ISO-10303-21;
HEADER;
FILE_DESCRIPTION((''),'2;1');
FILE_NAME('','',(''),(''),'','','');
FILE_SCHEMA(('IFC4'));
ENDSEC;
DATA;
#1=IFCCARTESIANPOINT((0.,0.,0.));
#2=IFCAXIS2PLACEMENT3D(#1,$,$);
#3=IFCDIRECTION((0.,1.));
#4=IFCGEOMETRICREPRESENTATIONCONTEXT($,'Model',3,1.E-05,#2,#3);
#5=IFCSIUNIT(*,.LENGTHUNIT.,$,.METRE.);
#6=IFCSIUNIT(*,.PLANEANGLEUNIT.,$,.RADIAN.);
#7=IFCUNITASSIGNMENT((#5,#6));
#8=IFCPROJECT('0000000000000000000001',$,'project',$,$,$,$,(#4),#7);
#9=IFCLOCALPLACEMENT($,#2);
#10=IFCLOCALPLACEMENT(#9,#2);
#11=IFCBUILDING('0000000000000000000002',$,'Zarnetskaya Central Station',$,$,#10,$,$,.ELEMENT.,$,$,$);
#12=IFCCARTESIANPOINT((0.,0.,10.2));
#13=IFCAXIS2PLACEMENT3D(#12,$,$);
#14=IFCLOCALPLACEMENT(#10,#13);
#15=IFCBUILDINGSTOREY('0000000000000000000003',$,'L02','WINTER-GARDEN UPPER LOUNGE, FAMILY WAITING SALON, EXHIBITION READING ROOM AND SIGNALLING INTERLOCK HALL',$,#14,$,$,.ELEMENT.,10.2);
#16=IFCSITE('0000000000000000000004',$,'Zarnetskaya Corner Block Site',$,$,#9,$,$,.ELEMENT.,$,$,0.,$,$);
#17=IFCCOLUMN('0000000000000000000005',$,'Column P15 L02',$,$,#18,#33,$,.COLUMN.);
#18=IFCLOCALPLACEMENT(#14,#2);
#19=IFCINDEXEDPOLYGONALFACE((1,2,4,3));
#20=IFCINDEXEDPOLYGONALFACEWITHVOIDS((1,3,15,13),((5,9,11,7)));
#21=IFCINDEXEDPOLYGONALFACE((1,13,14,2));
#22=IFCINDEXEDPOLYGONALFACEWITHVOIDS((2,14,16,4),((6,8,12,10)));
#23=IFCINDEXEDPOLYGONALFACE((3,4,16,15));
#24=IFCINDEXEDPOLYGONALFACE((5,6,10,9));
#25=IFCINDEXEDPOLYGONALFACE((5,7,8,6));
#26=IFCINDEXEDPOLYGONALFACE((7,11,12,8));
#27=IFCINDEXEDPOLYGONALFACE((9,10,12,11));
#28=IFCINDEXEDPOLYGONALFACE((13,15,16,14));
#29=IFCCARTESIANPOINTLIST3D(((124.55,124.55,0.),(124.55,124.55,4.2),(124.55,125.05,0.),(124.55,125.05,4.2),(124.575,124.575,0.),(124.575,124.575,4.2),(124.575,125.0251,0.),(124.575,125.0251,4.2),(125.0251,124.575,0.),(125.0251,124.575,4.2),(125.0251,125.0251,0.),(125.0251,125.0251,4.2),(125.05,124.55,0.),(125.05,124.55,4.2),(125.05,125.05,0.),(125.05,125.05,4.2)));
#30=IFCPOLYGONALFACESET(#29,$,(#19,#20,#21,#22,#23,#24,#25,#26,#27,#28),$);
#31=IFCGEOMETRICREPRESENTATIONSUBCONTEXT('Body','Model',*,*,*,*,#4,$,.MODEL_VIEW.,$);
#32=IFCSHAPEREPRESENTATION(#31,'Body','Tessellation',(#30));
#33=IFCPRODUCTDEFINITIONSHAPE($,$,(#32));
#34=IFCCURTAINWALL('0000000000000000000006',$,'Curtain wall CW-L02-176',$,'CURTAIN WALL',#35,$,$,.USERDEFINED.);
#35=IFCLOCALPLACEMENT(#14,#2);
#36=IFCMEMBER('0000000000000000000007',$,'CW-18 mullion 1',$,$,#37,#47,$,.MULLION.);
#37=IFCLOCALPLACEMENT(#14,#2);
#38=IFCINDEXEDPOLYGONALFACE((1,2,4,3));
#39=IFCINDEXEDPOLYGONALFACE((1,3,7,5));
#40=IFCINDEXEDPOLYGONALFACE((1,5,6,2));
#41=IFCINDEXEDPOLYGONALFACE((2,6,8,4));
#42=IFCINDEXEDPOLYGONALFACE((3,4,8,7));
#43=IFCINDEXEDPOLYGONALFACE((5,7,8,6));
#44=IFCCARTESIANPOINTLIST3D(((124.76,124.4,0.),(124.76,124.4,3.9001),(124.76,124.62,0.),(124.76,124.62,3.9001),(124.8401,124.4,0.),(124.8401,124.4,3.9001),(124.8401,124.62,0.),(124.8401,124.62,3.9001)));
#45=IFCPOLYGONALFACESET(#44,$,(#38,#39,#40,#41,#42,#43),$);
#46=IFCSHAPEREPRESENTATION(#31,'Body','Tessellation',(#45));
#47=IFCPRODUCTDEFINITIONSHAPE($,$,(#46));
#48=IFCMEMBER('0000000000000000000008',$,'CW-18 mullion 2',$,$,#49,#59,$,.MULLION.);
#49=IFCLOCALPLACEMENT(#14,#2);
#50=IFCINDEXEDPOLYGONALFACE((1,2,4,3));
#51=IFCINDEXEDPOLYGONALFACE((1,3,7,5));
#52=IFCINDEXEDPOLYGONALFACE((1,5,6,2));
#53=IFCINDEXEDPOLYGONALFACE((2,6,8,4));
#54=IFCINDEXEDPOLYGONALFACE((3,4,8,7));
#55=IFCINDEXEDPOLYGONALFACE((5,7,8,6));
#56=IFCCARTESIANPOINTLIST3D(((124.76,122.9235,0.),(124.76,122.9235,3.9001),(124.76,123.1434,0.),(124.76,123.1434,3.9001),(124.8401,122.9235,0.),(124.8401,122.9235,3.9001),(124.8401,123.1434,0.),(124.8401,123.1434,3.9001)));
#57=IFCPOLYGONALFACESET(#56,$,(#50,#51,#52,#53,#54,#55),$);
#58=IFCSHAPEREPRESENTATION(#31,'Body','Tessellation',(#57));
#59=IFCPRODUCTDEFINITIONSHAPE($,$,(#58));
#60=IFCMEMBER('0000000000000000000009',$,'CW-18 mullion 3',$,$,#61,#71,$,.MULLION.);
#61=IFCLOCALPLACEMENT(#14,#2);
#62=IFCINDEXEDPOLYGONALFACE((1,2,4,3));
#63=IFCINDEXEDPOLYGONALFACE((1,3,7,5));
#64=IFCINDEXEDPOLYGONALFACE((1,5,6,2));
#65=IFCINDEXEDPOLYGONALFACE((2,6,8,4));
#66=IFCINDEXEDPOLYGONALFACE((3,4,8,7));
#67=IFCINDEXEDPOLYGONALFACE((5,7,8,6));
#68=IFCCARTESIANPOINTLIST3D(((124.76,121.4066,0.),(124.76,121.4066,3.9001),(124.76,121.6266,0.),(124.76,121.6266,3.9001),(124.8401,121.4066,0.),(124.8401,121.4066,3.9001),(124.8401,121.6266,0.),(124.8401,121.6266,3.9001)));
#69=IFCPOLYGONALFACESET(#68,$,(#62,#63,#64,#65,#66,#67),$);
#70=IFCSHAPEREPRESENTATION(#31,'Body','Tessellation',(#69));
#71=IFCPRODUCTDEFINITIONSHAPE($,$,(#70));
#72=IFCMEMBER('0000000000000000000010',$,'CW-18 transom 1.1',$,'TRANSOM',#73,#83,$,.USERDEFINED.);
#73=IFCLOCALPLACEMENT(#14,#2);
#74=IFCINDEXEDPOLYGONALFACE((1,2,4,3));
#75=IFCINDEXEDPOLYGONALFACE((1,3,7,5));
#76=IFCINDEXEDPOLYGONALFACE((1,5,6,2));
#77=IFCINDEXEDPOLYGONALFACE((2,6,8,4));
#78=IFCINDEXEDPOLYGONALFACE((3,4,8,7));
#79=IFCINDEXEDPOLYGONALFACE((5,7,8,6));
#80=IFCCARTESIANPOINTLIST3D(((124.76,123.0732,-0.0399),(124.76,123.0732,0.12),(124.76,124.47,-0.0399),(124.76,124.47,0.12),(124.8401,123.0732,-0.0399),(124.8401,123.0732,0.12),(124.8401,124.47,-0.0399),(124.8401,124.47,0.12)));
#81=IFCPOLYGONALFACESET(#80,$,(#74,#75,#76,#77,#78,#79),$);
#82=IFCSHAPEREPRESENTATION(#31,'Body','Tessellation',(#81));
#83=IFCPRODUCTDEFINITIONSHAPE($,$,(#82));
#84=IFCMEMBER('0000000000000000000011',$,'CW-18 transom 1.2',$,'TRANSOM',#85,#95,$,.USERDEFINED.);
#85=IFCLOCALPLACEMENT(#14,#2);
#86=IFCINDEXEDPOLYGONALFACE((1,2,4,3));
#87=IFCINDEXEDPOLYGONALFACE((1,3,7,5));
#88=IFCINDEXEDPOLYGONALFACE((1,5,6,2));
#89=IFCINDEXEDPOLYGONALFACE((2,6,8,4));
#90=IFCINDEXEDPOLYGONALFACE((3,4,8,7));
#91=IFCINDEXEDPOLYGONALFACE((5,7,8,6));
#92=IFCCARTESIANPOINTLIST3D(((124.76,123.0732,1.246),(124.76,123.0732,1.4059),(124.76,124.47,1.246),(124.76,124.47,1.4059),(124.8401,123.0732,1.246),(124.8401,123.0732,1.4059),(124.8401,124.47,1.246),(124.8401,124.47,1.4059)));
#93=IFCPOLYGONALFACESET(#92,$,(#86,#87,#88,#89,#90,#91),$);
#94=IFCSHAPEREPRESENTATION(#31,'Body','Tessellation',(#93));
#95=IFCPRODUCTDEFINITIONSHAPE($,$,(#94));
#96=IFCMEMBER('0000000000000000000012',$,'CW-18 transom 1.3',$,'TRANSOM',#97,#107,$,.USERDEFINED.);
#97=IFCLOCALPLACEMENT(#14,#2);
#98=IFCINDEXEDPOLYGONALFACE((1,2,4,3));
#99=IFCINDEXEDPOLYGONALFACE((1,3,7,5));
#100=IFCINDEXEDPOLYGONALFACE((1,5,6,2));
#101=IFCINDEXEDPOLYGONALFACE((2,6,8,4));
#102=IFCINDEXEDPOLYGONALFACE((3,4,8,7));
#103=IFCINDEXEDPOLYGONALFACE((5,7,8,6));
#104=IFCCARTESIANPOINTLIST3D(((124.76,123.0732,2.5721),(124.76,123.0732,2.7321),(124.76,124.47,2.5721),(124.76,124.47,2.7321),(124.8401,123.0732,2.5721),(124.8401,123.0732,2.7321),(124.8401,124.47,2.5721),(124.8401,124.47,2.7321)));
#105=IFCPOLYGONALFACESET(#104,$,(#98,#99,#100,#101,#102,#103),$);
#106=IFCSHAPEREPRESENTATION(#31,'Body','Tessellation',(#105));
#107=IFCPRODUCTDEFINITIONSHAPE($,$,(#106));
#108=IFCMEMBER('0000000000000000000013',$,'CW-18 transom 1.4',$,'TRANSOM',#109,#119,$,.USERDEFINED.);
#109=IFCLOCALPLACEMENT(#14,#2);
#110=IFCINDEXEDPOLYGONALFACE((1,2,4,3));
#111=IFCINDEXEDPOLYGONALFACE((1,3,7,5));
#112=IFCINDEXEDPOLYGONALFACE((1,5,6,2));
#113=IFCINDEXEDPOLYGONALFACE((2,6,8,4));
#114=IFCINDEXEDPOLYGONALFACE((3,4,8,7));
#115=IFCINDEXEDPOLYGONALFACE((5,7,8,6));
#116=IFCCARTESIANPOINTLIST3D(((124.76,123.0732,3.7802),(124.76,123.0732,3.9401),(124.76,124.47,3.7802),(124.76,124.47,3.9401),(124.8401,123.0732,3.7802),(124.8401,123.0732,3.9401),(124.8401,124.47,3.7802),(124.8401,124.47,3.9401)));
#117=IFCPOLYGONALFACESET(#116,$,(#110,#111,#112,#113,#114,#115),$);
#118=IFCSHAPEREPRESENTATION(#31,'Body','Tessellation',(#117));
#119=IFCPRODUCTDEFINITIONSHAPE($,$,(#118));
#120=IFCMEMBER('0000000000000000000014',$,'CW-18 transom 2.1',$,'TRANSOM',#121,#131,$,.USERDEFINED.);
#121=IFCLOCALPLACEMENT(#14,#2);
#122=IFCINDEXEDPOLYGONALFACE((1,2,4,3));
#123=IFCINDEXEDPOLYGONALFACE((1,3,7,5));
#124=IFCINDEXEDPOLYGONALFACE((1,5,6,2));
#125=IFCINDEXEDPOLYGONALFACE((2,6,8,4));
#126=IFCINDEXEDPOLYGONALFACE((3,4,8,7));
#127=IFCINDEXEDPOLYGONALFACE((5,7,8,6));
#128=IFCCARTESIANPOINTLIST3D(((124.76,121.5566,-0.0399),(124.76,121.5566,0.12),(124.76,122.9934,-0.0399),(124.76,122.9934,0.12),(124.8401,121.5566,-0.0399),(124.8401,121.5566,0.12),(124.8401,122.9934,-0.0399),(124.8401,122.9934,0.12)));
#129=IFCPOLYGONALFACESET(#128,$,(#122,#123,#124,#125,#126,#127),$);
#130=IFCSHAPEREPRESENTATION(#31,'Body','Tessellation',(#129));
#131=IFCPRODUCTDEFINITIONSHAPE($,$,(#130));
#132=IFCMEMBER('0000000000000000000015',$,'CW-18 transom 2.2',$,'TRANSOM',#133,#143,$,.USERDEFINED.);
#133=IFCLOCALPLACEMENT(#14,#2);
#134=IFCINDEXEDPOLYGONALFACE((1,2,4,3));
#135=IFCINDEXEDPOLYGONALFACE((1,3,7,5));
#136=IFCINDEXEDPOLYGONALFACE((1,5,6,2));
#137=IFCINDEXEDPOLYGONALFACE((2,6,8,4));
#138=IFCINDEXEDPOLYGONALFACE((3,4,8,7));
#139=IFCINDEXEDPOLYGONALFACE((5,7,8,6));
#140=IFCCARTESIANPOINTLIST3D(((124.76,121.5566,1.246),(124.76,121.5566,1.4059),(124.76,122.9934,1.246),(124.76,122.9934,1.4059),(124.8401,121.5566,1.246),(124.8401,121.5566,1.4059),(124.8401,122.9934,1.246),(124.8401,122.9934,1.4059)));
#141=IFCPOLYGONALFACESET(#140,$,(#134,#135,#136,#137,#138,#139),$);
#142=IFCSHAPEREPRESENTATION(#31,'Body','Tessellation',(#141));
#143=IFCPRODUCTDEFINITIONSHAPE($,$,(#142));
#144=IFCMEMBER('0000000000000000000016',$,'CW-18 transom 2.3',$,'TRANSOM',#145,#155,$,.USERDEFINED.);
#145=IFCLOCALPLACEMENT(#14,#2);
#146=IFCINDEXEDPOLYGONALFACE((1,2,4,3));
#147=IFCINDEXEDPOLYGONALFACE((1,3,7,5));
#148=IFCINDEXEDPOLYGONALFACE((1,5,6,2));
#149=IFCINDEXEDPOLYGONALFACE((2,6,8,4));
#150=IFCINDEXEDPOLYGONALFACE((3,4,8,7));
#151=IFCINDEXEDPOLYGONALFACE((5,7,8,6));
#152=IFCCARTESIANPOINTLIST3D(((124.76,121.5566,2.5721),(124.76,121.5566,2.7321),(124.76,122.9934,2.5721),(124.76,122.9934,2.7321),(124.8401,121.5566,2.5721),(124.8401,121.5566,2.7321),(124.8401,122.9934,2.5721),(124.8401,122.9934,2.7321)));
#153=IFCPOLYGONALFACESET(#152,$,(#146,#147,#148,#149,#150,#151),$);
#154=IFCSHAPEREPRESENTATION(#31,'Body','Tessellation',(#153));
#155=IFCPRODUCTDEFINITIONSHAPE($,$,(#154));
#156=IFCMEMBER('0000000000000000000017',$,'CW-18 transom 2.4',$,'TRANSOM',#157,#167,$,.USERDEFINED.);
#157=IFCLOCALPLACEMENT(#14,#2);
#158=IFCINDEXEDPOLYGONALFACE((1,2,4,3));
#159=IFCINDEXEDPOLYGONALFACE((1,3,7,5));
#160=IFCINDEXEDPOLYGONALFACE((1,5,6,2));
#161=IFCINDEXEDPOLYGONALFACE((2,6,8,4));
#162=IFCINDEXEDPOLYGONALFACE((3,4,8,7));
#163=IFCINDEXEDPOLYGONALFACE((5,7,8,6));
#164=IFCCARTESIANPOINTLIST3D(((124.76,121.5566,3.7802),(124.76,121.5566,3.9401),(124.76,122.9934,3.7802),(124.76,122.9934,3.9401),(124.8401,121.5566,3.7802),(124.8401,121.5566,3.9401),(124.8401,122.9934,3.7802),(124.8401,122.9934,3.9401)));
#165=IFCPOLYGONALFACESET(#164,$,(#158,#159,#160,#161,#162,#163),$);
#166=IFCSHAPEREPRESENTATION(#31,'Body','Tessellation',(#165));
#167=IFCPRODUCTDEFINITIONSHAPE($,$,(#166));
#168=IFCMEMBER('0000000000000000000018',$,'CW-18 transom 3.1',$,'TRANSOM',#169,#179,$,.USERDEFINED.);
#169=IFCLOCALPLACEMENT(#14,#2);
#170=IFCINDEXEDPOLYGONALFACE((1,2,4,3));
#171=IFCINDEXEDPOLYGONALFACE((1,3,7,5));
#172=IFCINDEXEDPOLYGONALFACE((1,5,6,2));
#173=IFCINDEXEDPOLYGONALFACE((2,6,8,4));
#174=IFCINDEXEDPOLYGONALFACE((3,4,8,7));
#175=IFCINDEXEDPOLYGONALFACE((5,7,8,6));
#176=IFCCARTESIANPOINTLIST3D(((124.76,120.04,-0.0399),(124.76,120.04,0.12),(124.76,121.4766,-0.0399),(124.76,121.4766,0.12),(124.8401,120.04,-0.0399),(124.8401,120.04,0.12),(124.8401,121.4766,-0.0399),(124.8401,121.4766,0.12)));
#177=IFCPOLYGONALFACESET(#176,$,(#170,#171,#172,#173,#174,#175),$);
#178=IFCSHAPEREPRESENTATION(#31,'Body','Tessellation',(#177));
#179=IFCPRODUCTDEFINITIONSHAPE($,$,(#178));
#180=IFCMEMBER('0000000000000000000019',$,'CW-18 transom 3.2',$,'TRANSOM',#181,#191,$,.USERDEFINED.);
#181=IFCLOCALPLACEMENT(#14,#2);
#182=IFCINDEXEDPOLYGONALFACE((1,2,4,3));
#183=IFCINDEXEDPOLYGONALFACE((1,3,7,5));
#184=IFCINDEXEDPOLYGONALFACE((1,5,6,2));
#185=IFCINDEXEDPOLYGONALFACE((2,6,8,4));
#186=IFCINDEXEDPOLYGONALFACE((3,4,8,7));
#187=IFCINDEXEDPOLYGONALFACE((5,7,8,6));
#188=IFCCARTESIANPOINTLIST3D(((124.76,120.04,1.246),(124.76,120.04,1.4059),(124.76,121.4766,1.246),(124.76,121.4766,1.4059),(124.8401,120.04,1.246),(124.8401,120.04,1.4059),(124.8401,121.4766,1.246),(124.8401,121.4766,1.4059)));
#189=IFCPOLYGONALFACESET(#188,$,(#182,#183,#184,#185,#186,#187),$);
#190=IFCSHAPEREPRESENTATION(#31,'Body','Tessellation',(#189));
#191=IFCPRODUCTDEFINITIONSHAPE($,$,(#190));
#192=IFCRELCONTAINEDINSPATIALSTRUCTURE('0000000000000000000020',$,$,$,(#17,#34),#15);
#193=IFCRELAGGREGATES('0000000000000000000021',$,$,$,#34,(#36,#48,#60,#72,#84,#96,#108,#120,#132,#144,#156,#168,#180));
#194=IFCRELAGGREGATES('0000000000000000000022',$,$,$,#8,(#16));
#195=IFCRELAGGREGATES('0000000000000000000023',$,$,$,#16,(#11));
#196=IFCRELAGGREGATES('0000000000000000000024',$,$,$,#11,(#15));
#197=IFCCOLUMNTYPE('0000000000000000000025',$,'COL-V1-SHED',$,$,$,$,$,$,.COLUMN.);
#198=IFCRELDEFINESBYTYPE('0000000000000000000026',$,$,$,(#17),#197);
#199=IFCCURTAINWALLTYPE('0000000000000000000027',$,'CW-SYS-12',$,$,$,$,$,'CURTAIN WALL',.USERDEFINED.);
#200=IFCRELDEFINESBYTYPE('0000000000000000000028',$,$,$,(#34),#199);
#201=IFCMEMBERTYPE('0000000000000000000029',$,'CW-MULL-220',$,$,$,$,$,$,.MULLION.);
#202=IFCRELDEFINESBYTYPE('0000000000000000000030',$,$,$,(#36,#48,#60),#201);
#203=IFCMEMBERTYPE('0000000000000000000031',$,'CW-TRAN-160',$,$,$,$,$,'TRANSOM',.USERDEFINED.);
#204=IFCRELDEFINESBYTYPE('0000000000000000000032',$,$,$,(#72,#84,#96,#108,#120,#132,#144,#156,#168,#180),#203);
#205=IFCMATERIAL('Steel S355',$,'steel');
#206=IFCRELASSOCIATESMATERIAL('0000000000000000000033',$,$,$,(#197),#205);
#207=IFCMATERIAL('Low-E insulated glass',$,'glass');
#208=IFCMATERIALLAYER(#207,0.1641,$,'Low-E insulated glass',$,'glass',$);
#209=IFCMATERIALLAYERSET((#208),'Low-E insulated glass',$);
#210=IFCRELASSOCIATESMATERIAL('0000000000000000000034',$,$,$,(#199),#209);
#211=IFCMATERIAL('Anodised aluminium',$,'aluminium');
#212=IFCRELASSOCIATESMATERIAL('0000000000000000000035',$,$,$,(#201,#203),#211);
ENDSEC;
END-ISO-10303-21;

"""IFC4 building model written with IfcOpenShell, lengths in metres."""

from ifc_helpers import new_model, si_unit, direction, frame, origin, origin_2d, place, context, subcontext, project, spatial, rectangle, hollow_rectangle, extrude, material, layer, layer_set, material_profile, profile_set, type_object, element, aggregate, save


model = new_model("IFC4")

# Units and contexts
model_context = context("Model", 3, precision=1e-05, world=origin(), true_north=direction((0.0, 1.0)))
body_context = subcontext(model_context, "Body", "Model", "MODEL_VIEW")
ifc_project = project(units=[si_unit("LENGTHUNIT", "METRE"), si_unit("PLANEANGLEUNIT", "RADIAN")], contexts=[model_context])

# Site, building, storey
site_placement = place(None, origin())
site = spatial("IfcSite", under=ifc_project, at=site_placement, Name="Zarnetskaya Corner Block Site", CompositionType="ELEMENT", RefElevation=0.0)
building_placement = place(site_placement, origin())
building = spatial("IfcBuilding", under=site, at=building_placement, Name="Zarnetskaya Central Station", CompositionType="ELEMENT")
storey_placement = place(building_placement, frame((0.0, 0.0, 10.2)))
storey = spatial("IfcBuildingStorey", under=building, at=storey_placement, Name="L02", Description="WINTER-GARDEN UPPER LOUNGE, FAMILY WAITING SALON, EXHIBITION READING ROOM AND SIGNALLING INTERLOCK HALL", CompositionType="ELEMENT", Elevation=10.2)

# Column
ifc_material_1 = material(Name="Steel S355", Category="steel")
ifc_material_profile_1 = material_profile(ifc_material_1, hollow_rectangle(XDim=0.5, YDim=0.5, WallThickness=0.0249, at=origin_2d()), Name="BOX 500x500x25")
ifc_profile_set_1 = profile_set([ifc_material_profile_1], Name="Steel S355")
column_type = type_object("IfcColumnType", Name="COL-V1-SHED", PredefinedType="COLUMN", material=ifc_profile_set_1)
column_placement = place(storey_placement, frame((124.8, 124.8, 0.0), z_axis=(0.0, 0.0, 1.0), x_axis=(1.0, 0.0, 0.0)))
element("IfcColumn", 1, at=column_placement, inside=storey, type_object=column_type, Name="Column P15 L02", PredefinedType="COLUMN", context=body_context, shape_type="SweptSolid", body=[
    extrude(hollow_rectangle(XDim=0.5, YDim=0.5, WallThickness=0.0249, at=origin_2d()), origin(), (0.0, 0.0, 1.0), 4.2),
])

# Curtain wall, members
ifc_material_2 = material(Name="Low-E insulated glass", Category="glass")
ifc_layer_1 = layer(ifc_material_2, 0.1641, Name="Low-E insulated glass", Category="glass")
ifc_layer_set_1 = layer_set([ifc_layer_1], Name="Low-E insulated glass")
curtain_wall_type = type_object("IfcCurtainWallType", Name="CW-SYS-12", ElementType="CURTAIN WALL", PredefinedType="USERDEFINED", material=ifc_layer_set_1)
curtain_wall_placement = place(storey_placement, origin())
curtain_wall = element("IfcCurtainWall", 2, at=curtain_wall_placement, inside=storey, type_object=curtain_wall_type, Name="Curtain wall CW-L02-176", ObjectType="CURTAIN WALL", PredefinedType="USERDEFINED")
ifc_material_3 = material(Name="Anodised aluminium", Category="aluminium")
ifc_material_profile_2 = material_profile(ifc_material_3, rectangle(XDim=0.0801, YDim=0.22, at=origin_2d()), Name="ALU MULL 80x220")
ifc_profile_set_2 = profile_set([ifc_material_profile_2], Name="Anodised aluminium")
member_type_1 = type_object("IfcMemberType", Name="CW-MULL-220", PredefinedType="MULLION", material=ifc_profile_set_2)
member_1_placement = place(storey_placement, frame((124.8, 124.51, 0.0), z_axis=(0.0, 0.0, 1.0), x_axis=(1.0, 0.0, 0.0)))
member_1 = element("IfcMember", 3, at=member_1_placement, type_object=member_type_1, Name="CW-18 mullion 1", PredefinedType="MULLION", context=body_context, shape_type="SweptSolid", body=[
    extrude(rectangle(XDim=0.0801, YDim=0.22, at=origin_2d()), origin(), (0.0, 0.0, 1.0), 3.9001),
])
member_2_placement = place(storey_placement, frame((124.8, 123.0334, 0.0), z_axis=(0.0, 0.0, 1.0), x_axis=(1.0, 0.0, 0.0)))
member_2 = element("IfcMember", 4, at=member_2_placement, type_object=member_type_1, Name="CW-18 mullion 2", PredefinedType="MULLION", context=body_context, shape_type="SweptSolid", body=[
    extrude(rectangle(XDim=0.0801, YDim=0.22, at=origin_2d()), origin(), (0.0, 0.0, 1.0), 3.9001),
])
member_3_placement = place(storey_placement, frame((124.8, 121.5166, 0.0), z_axis=(0.0, 0.0, 1.0), x_axis=(1.0, 0.0, 0.0)))
member_3 = element("IfcMember", 5, at=member_3_placement, type_object=member_type_1, Name="CW-18 mullion 3", PredefinedType="MULLION", context=body_context, shape_type="SweptSolid", body=[
    extrude(rectangle(XDim=0.0801, YDim=0.22, at=origin_2d()), origin(), (0.0, 0.0, 1.0), 3.9001),
])
ifc_material_profile_3 = material_profile(ifc_material_3, rectangle(XDim=0.0801, YDim=0.1599, at=origin_2d()), Name="ALU TRAN 80x160")
ifc_profile_set_3 = profile_set([ifc_material_profile_3], Name="Anodised aluminium")
member_type_2 = type_object("IfcMemberType", Name="CW-TRAN-160", ElementType="TRANSOM", PredefinedType="USERDEFINED", material=ifc_profile_set_3)
member_4_placement = place(storey_placement, frame((124.8, 124.47, 0.04), z_axis=(0.0, -1.0, 0.0), x_axis=(1.0, 0.0, 0.0)))
member_4 = element("IfcMember", 6, at=member_4_placement, type_object=member_type_2, Name="CW-18 transom 1.1", ObjectType="TRANSOM", PredefinedType="USERDEFINED", context=body_context, shape_type="SweptSolid", body=[
    extrude(rectangle(XDim=0.0801, YDim=0.1599, at=origin_2d()), origin(), (0.0, 0.0, 1.0), 1.3967),
])
member_5_placement = place(storey_placement, frame((124.8, 124.47, 1.3259), z_axis=(0.0, -1.0, 0.0), x_axis=(1.0, 0.0, 0.0)))
member_5 = element("IfcMember", 7, at=member_5_placement, type_object=member_type_2, Name="CW-18 transom 1.2", ObjectType="TRANSOM", PredefinedType="USERDEFINED", context=body_context, shape_type="SweptSolid", body=[
    extrude(rectangle(XDim=0.0801, YDim=0.1599, at=origin_2d()), origin(), (0.0, 0.0, 1.0), 1.3967),
])
member_6_placement = place(storey_placement, frame((124.8, 124.47, 2.6521), z_axis=(0.0, -1.0, 0.0), x_axis=(1.0, 0.0, 0.0)))
member_6 = element("IfcMember", 8, at=member_6_placement, type_object=member_type_2, Name="CW-18 transom 1.3", ObjectType="TRANSOM", PredefinedType="USERDEFINED", context=body_context, shape_type="SweptSolid", body=[
    extrude(rectangle(XDim=0.0801, YDim=0.1599, at=origin_2d()), origin(), (0.0, 0.0, 1.0), 1.3967),
])
member_7_placement = place(storey_placement, frame((124.8, 124.47, 3.8601), z_axis=(0.0, -1.0, 0.0), x_axis=(1.0, 0.0, 0.0)))
member_7 = element("IfcMember", 9, at=member_7_placement, type_object=member_type_2, Name="CW-18 transom 1.4", ObjectType="TRANSOM", PredefinedType="USERDEFINED", context=body_context, shape_type="SweptSolid", body=[
    extrude(rectangle(XDim=0.0801, YDim=0.1599, at=origin_2d()), origin(), (0.0, 0.0, 1.0), 1.3967),
])
member_8_placement = place(storey_placement, frame((124.8, 122.9934, 0.04), z_axis=(0.0, -1.0, 0.0), x_axis=(1.0, 0.0, 0.0)))
member_8 = element("IfcMember", 10, at=member_8_placement, type_object=member_type_2, Name="CW-18 transom 2.1", ObjectType="TRANSOM", PredefinedType="USERDEFINED", context=body_context, shape_type="SweptSolid", body=[
    extrude(rectangle(XDim=0.0801, YDim=0.1599, at=origin_2d()), origin(), (0.0, 0.0, 1.0), 1.4368),
])
member_9_placement = place(storey_placement, frame((124.8, 122.9934, 1.3259), z_axis=(0.0, -1.0, 0.0), x_axis=(1.0, 0.0, 0.0)))
member_9 = element("IfcMember", 11, at=member_9_placement, type_object=member_type_2, Name="CW-18 transom 2.2", ObjectType="TRANSOM", PredefinedType="USERDEFINED", context=body_context, shape_type="SweptSolid", body=[
    extrude(rectangle(XDim=0.0801, YDim=0.1599, at=origin_2d()), origin(), (0.0, 0.0, 1.0), 1.4368),
])
member_10_placement = place(storey_placement, frame((124.8, 122.9934, 2.6521), z_axis=(0.0, -1.0, 0.0), x_axis=(1.0, 0.0, 0.0)))
member_10 = element("IfcMember", 12, at=member_10_placement, type_object=member_type_2, Name="CW-18 transom 2.3", ObjectType="TRANSOM", PredefinedType="USERDEFINED", context=body_context, shape_type="SweptSolid", body=[
    extrude(rectangle(XDim=0.0801, YDim=0.1599, at=origin_2d()), origin(), (0.0, 0.0, 1.0), 1.4368),
])
member_11_placement = place(storey_placement, frame((124.8, 122.9934, 3.8601), z_axis=(0.0, -1.0, 0.0), x_axis=(1.0, 0.0, 0.0)))
member_11 = element("IfcMember", 13, at=member_11_placement, type_object=member_type_2, Name="CW-18 transom 2.4", ObjectType="TRANSOM", PredefinedType="USERDEFINED", context=body_context, shape_type="SweptSolid", body=[
    extrude(rectangle(XDim=0.0801, YDim=0.1599, at=origin_2d()), origin(), (0.0, 0.0, 1.0), 1.4368),
])
member_12_placement = place(storey_placement, frame((124.8, 121.4766, 0.04), z_axis=(0.0, -1.0, 0.0), x_axis=(1.0, 0.0, 0.0)))
member_12 = element("IfcMember", 14, at=member_12_placement, type_object=member_type_2, Name="CW-18 transom 3.1", ObjectType="TRANSOM", PredefinedType="USERDEFINED", context=body_context, shape_type="SweptSolid", body=[
    extrude(rectangle(XDim=0.0801, YDim=0.1599, at=origin_2d()), origin(), (0.0, 0.0, 1.0), 1.4365),
])
member_13_placement = place(storey_placement, frame((124.8, 121.4766, 1.3259), z_axis=(0.0, -1.0, 0.0), x_axis=(1.0, 0.0, 0.0)))
member_13 = element("IfcMember", 15, at=member_13_placement, type_object=member_type_2, Name="CW-18 transom 3.2", ObjectType="TRANSOM", PredefinedType="USERDEFINED", context=body_context, shape_type="SweptSolid", body=[
    extrude(rectangle(XDim=0.0801, YDim=0.1599, at=origin_2d()), origin(), (0.0, 0.0, 1.0), 1.4365),
])
aggregate(curtain_wall, [member_1, member_2, member_3, member_4, member_5, member_6, member_7, member_8, member_9, member_10, member_11, member_12, member_13])

save(model, "model.ifc")
